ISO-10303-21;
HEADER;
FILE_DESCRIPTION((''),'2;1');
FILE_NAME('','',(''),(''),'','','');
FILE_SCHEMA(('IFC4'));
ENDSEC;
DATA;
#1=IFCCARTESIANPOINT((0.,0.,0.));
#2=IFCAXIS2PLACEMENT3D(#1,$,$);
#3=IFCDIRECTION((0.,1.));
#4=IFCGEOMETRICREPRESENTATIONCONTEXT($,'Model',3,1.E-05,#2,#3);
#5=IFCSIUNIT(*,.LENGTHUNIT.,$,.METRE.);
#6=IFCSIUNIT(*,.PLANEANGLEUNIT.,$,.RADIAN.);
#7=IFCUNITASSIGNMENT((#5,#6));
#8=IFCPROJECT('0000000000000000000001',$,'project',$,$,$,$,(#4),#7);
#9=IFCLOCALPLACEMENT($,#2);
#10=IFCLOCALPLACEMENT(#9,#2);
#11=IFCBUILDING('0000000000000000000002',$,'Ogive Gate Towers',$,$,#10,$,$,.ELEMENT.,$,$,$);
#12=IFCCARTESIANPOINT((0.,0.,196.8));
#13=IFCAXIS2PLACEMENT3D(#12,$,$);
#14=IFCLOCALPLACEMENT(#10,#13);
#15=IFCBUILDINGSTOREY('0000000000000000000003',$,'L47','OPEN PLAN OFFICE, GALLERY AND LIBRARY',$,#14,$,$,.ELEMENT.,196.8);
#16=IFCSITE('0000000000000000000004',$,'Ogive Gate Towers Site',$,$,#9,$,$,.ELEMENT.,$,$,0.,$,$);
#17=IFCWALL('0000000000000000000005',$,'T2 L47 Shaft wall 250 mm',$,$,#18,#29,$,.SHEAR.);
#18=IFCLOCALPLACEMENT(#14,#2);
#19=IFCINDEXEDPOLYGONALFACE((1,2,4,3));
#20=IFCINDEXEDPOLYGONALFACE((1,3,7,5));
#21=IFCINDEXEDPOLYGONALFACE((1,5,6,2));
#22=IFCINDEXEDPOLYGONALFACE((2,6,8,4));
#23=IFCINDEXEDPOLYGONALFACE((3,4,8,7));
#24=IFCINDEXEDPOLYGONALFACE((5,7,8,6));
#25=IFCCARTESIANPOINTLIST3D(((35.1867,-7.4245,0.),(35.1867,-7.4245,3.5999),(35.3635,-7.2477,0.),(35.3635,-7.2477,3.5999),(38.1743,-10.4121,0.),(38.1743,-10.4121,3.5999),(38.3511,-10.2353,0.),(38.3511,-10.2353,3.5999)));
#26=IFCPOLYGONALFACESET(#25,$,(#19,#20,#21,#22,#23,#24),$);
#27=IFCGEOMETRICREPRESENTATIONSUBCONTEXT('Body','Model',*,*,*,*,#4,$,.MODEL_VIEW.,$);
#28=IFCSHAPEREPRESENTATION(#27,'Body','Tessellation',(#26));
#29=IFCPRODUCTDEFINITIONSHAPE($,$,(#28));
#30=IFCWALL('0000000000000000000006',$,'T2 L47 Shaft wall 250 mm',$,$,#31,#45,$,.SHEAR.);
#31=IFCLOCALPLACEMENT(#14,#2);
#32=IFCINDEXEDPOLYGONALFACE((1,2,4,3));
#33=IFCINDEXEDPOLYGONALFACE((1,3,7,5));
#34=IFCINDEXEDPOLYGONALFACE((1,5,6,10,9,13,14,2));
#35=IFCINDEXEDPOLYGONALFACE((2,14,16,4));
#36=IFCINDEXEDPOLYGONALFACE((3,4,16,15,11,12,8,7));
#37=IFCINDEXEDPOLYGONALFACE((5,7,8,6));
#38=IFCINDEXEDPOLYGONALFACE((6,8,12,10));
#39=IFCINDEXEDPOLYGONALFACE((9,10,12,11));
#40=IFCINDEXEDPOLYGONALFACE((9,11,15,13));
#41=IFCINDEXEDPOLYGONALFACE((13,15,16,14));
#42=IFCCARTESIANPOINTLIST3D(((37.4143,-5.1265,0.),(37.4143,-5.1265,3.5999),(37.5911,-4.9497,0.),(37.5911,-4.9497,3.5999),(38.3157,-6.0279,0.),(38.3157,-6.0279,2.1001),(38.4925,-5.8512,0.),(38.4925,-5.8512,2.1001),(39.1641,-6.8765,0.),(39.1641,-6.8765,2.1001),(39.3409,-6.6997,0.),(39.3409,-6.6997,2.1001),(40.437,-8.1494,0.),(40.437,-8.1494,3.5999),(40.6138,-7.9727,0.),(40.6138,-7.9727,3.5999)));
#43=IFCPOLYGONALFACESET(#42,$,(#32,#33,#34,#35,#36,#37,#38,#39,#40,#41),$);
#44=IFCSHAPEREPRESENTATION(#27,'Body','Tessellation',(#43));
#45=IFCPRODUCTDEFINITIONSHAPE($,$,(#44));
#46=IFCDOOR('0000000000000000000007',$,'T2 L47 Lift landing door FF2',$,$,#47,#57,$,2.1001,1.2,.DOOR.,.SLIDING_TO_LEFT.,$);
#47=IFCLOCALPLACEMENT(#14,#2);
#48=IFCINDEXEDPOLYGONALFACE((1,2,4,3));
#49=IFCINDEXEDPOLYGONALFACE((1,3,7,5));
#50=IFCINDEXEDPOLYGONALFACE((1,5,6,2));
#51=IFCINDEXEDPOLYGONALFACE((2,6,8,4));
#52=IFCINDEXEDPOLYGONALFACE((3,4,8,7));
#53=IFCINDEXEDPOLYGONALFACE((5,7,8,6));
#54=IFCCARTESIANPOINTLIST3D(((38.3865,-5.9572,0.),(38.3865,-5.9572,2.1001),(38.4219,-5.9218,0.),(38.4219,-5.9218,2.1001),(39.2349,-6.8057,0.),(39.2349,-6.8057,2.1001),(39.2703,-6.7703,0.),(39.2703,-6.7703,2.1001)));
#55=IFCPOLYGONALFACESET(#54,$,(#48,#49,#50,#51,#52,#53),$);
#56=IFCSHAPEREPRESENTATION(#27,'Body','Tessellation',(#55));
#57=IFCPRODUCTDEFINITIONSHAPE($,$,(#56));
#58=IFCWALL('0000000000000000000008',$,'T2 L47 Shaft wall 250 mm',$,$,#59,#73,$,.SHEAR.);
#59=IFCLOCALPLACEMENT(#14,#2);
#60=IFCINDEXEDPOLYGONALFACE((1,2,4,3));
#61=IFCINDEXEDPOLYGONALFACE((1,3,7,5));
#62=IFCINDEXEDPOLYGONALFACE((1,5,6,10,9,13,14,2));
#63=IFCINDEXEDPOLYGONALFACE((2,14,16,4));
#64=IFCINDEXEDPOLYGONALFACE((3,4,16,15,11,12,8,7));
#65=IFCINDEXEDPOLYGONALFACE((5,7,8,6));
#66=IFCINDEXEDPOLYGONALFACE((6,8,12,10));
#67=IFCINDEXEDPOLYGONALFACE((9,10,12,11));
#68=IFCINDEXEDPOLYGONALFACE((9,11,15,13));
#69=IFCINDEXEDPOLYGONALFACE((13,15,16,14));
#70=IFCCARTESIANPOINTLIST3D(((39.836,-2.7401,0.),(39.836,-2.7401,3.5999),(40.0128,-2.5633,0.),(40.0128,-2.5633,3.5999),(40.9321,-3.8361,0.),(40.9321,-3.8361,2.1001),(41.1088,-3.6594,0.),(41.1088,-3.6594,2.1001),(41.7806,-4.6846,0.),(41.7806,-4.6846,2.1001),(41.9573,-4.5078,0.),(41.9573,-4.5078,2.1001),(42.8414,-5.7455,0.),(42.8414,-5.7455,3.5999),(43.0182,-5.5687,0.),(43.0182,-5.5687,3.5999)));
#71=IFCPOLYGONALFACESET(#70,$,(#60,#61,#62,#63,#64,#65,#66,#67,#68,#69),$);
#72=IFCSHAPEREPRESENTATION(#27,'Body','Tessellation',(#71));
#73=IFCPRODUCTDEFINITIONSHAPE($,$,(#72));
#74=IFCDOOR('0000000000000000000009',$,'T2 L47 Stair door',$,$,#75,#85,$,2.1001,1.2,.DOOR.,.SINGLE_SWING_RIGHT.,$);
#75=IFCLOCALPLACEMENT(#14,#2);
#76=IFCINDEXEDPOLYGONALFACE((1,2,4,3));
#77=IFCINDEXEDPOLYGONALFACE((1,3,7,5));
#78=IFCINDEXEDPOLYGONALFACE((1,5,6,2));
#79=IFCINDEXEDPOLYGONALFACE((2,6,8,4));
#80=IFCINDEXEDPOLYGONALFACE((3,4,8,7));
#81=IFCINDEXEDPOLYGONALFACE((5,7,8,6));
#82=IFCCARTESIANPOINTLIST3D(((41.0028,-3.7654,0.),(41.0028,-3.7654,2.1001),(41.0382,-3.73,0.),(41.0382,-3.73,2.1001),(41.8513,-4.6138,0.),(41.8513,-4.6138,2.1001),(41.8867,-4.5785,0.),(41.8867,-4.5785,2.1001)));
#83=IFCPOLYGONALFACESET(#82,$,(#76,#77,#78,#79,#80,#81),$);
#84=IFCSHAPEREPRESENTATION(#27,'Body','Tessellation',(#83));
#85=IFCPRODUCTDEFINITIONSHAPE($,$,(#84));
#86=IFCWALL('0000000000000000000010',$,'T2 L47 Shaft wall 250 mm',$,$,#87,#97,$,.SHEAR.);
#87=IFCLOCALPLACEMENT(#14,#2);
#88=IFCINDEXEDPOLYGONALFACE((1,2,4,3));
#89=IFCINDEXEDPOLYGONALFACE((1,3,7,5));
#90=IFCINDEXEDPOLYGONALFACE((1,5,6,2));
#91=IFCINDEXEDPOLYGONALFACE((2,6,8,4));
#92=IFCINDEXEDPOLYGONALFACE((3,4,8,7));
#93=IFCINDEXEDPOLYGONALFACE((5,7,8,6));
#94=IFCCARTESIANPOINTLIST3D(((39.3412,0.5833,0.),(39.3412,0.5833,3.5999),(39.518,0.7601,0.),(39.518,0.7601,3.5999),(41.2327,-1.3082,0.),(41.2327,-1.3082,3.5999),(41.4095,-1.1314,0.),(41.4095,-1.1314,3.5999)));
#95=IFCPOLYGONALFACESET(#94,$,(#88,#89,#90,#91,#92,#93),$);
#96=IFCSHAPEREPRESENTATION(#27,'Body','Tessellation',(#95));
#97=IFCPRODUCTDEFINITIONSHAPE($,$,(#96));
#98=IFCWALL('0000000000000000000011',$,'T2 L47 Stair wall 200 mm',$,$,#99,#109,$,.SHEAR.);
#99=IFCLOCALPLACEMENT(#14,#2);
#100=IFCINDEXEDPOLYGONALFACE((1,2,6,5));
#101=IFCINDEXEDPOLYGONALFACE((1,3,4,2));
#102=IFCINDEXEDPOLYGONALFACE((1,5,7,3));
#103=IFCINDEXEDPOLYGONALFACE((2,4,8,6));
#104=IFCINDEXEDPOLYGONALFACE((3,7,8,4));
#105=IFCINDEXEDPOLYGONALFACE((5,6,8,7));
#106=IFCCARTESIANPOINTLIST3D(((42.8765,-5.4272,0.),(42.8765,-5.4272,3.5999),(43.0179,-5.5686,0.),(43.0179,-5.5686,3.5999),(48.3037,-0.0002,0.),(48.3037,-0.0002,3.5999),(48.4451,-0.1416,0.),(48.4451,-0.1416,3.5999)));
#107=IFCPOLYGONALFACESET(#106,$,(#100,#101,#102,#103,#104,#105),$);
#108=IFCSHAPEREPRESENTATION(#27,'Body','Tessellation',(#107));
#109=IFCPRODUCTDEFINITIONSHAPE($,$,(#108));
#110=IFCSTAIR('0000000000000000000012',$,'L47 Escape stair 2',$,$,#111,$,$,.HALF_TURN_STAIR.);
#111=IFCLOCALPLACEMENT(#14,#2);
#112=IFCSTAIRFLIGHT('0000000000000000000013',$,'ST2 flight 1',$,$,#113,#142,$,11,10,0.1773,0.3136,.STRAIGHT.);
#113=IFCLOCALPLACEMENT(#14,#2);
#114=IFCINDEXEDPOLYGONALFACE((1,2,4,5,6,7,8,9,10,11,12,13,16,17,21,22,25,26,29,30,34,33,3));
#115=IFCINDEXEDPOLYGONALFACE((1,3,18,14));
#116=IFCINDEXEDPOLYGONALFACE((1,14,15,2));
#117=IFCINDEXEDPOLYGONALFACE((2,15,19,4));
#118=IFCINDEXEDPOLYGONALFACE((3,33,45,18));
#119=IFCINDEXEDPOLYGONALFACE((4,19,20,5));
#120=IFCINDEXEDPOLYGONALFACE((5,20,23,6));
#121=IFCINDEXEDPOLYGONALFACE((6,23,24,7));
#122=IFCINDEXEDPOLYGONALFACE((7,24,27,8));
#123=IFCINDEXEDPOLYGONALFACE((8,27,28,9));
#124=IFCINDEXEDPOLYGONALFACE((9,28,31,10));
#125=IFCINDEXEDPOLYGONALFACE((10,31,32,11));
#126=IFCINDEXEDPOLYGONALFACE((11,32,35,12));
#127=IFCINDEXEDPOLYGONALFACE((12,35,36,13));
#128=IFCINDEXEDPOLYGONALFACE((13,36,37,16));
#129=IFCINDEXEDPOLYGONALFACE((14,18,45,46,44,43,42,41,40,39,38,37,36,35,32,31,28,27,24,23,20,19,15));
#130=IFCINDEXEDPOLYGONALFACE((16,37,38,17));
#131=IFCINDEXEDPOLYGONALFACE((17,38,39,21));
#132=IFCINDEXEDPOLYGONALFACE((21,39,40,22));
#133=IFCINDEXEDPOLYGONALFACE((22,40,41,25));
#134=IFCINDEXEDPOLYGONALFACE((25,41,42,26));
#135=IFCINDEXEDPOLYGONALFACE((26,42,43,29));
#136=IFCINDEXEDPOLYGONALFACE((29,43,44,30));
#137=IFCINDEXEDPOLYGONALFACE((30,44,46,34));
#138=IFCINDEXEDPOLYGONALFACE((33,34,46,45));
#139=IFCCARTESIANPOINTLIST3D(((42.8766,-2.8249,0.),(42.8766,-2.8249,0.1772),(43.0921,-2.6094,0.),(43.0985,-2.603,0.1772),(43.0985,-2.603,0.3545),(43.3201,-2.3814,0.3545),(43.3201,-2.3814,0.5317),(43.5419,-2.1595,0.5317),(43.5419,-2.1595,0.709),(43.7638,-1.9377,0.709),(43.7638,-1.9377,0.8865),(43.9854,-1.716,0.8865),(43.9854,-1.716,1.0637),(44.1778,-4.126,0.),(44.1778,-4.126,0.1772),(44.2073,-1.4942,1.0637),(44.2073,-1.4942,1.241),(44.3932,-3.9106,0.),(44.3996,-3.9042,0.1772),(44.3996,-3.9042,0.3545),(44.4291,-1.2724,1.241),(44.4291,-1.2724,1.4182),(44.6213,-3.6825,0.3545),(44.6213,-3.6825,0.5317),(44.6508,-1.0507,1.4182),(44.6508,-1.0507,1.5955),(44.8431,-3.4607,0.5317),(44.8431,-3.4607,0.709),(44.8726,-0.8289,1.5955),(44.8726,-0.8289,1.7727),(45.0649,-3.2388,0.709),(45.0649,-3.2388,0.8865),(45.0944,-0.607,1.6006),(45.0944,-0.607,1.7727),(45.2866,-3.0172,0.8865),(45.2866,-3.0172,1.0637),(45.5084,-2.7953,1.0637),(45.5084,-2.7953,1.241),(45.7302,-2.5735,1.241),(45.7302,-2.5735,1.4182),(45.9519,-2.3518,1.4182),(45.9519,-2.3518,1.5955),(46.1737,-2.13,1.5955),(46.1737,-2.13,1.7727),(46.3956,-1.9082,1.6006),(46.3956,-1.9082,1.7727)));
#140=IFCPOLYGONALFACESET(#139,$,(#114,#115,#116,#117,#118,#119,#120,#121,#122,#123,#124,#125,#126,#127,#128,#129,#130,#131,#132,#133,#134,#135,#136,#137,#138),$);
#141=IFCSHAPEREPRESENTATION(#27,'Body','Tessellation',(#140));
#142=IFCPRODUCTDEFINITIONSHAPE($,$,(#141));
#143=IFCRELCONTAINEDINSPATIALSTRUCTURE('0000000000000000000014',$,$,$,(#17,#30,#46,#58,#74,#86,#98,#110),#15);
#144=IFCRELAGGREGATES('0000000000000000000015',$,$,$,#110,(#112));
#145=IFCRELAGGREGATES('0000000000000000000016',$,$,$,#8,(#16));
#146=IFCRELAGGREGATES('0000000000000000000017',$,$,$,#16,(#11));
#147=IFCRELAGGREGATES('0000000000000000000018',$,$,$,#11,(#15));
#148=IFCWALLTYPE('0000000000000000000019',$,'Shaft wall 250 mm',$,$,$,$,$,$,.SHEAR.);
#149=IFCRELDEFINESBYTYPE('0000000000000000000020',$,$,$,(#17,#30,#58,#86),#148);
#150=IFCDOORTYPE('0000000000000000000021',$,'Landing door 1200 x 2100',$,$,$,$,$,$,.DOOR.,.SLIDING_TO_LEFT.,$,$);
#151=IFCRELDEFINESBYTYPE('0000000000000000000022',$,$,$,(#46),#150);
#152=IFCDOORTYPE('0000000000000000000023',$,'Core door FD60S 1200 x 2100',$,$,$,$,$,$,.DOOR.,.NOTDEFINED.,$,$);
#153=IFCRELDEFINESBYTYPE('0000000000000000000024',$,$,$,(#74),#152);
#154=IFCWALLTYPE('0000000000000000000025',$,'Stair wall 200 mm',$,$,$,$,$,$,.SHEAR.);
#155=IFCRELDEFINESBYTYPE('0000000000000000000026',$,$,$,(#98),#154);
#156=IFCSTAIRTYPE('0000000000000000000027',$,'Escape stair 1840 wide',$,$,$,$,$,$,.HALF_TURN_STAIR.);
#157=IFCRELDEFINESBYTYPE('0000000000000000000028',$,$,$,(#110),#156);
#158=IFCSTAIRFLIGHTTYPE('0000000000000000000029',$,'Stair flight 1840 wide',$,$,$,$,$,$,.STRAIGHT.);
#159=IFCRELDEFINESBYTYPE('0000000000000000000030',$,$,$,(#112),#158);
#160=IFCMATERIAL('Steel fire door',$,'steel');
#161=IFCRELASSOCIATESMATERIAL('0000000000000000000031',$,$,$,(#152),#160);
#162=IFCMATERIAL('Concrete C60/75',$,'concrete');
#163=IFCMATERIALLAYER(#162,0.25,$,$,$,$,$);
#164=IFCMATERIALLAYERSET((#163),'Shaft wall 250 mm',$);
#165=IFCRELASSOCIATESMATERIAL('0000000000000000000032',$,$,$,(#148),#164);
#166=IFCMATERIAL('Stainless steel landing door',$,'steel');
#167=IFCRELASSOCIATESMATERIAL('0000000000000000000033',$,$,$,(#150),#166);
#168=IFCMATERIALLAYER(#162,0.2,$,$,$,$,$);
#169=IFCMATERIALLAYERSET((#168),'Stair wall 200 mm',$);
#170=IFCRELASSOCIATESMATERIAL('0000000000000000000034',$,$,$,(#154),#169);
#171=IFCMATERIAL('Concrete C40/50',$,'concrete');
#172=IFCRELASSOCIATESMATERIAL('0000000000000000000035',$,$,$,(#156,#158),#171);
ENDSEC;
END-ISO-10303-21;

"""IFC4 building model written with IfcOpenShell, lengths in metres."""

from ifc_helpers import new_model, si_unit, direction, frame, frame_2d, origin, place, context, subcontext, project, spatial, polyline, rectangle, outline, extrude, material, layer, layer_set, type_object, element, fill, aggregate, save


model = new_model("IFC4")

# Units and contexts
model_context = context("Model", 3, precision=1e-05, world=origin(), true_north=direction((0.0, 1.0)))
body_context = subcontext(model_context, "Body", "Model", "MODEL_VIEW")
ifc_project = project(units=[si_unit("LENGTHUNIT", "METRE"), si_unit("PLANEANGLEUNIT", "RADIAN")], contexts=[model_context])

# Site, building, storey
site_placement = place(None, origin())
site = spatial("IfcSite", under=ifc_project, at=site_placement, Name="Ogive Gate Towers Site", CompositionType="ELEMENT", RefElevation=0.0)
building_placement = place(site_placement, origin())
building = spatial("IfcBuilding", under=site, at=building_placement, Name="Ogive Gate Towers", CompositionType="ELEMENT")
storey_placement = place(building_placement, frame((0.0, 0.0, 196.8)))
storey = spatial("IfcBuildingStorey", under=building, at=storey_placement, Name="L47", Description="OPEN PLAN OFFICE, GALLERY AND LIBRARY", CompositionType="ELEMENT", Elevation=196.8)

# Shared definitions
ifc_material_1 = material(Name="Concrete C60/75", Category="concrete")
ifc_material_2 = material(Name="Steel fire door", Category="steel")
door_type_1 = type_object("IfcDoorType", Name="Core door FD60S 1200 x 2100", OperationType="NOTDEFINED", PredefinedType="DOOR", material=ifc_material_2)

# Wall
ifc_layer_1 = layer(ifc_material_1, 0.25)
ifc_layer_set_1 = layer_set([ifc_layer_1], Name="Shaft wall 250 mm")
wall_type_1 = type_object("IfcWallType", Name="Shaft wall 250 mm", PredefinedType="SHEAR", material=ifc_layer_set_1)
wall_1_placement = place(storey_placement, frame((38.2627, -10.3237, 0.0), z_axis=(0.0, 0.0, 1.0), x_axis=(-0.707107, 0.707107, 0.0)))
element("IfcWall", 1, at=wall_1_placement, inside=storey, type_object=wall_type_1, Name="T2 L47 Shaft wall 250 mm", PredefinedType="SHEAR", context=body_context, shape_type="SweptSolid", body=[
    extrude(rectangle(XDim=4.2251, YDim=0.25, at=frame_2d((2.1125, 0.0))), origin(), (0.0, 0.0, 1.0), 3.5999),
])

# Walls, openings, doors
wall_2_placement = place(storey_placement, frame((40.5254, -8.061, 0.0), z_axis=(0.0, 0.0, 1.0), x_axis=(-0.707078, 0.707135, 0.0)))
wall_2 = element("IfcWall", 2, at=wall_2_placement, inside=storey, type_object=wall_type_1, Name="T2 L47 Shaft wall 250 mm", PredefinedType="SHEAR", context=body_context, shape_type="SweptSolid", body=[
    extrude(rectangle(XDim=4.2749, YDim=0.25, at=frame_2d((2.1375, 0.0))), origin(), (0.0, 0.0, 1.0), 3.5999),
])
opening_1_placement = place(wall_2_placement, frame((1.8, 0.0, 0.0)))
opening_1 = element("IfcOpeningElement", 3, at=opening_1_placement, cuts=wall_2, PredefinedType="OPENING", context=body_context, shape_type="SweptSolid", body=[
    extrude(rectangle(XDim=1.2, YDim=2.1001, at=frame_2d((0.6001, 1.05))), frame((0.0, 0.135, 0.0), z_axis=(0.0, -1.0, 0.0), x_axis=(1.0, 0.0, 0.0)), (0.0, 0.0, 1.0), 0.27),
])
ifc_material_3 = material(Name="Stainless steel landing door", Category="steel")
door_type_2 = type_object("IfcDoorType", Name="Landing door 1200 x 2100", OperationType="SLIDING_TO_LEFT", PredefinedType="DOOR", material=ifc_material_3)
door_1_placement = place(opening_1_placement, origin())
door_1 = element("IfcDoor", 4, at=door_1_placement, inside=storey, type_object=door_type_2, Name="T2 L47 Lift landing door FF2", OperationType="SLIDING_TO_LEFT", OverallHeight=2.1001, OverallWidth=1.2, PredefinedType="DOOR", context=body_context, shape_type="SweptSolid", body=[
    extrude(rectangle(XDim=1.2, YDim=2.1001, at=frame_2d((0.6001, 1.05))), frame((0.0, 0.0249, 0.0), z_axis=(0.0, -1.0, 0.0), x_axis=(1.0, 0.0, 0.0)), (0.0, 0.0, 1.0), 0.05),
])
fill(opening_1, door_1)
wall_3_placement = place(storey_placement, frame((42.9297, -5.657, 0.0), z_axis=(0.0, 0.0, 1.0), x_axis=(-0.707107, 0.707107, 0.0)))
wall_3 = element("IfcWall", 5, at=wall_3_placement, inside=storey, type_object=wall_type_1, Name="T2 L47 Shaft wall 250 mm", PredefinedType="SHEAR", context=body_context, shape_type="SweptSolid", body=[
    extrude(rectangle(XDim=4.2502, YDim=0.25, at=frame_2d((2.125, 0.0))), origin(), (0.0, 0.0, 1.0), 3.5999),
])
opening_2_placement = place(wall_3_placement, frame((1.5, 0.0, 0.0)))
opening_2 = element("IfcOpeningElement", 6, at=opening_2_placement, cuts=wall_3, PredefinedType="OPENING", context=body_context, shape_type="SweptSolid", body=[
    extrude(rectangle(XDim=1.2, YDim=2.1001, at=frame_2d((0.6001, 1.05))), frame((0.0, 0.135, 0.0), z_axis=(0.0, -1.0, 0.0), x_axis=(1.0, 0.0, 0.0)), (0.0, 0.0, 1.0), 0.27),
])
door_2_placement = place(opening_2_placement, origin())
door_2 = element("IfcDoor", 7, at=door_2_placement, inside=storey, type_object=door_type_1, Name="T2 L47 Stair door", OperationType="SINGLE_SWING_RIGHT", OverallHeight=2.1001, OverallWidth=1.2, PredefinedType="DOOR", context=body_context, shape_type="SweptSolid", body=[
    extrude(rectangle(XDim=1.2, YDim=2.1001, at=frame_2d((0.6001, 1.05))), frame((0.0, 0.0249, 0.0), z_axis=(0.0, -1.0, 0.0), x_axis=(1.0, 0.0, 0.0)), (0.0, 0.0, 1.0), 0.05),
])
fill(opening_2, door_2)

# Walls
wall_4_placement = place(storey_placement, frame((41.321, -1.2197, 0.0), z_axis=(0.0, 0.0, 1.0), x_axis=(-0.707107, 0.707107, 0.0)))
element("IfcWall", 8, at=wall_4_placement, inside=storey, type_object=wall_type_1, Name="T2 L47 Shaft wall 250 mm", PredefinedType="SHEAR", context=body_context, shape_type="SweptSolid", body=[
    extrude(rectangle(XDim=2.675, YDim=0.25, at=frame_2d((1.3374, 0.0))), origin(), (0.0, 0.0, 1.0), 3.5999),
])
ifc_layer_2 = layer(ifc_material_1, 0.2)
ifc_layer_set_2 = layer_set([ifc_layer_2], Name="Stair wall 200 mm")
wall_type_2 = type_object("IfcWallType", Name="Stair wall 200 mm", PredefinedType="SHEAR", material=ifc_layer_set_2)
wall_5_placement = place(storey_placement, frame((42.9473, -5.4978, 0.0), z_axis=(0.0, 0.0, 1.0), x_axis=(0.707123, 0.707091, 0.0)))
element("IfcWall", 9, at=wall_5_placement, inside=storey, type_object=wall_type_2, Name="T2 L47 Stair wall 200 mm", PredefinedType="SHEAR", context=body_context, shape_type="SweptSolid", body=[
    extrude(rectangle(XDim=7.675, YDim=0.2, at=frame_2d((3.8374, 0.0))), origin(), (0.0, 0.0, 1.0), 3.5999),
])

# Stair, stair flight
ifc_material_4 = material(Name="Concrete C40/50", Category="concrete")
stair_type = type_object("IfcStairType", Name="Escape stair 1840 wide", PredefinedType="HALF_TURN_STAIR", material=ifc_material_4)
stair_placement = place(storey_placement, origin())
stair = element("IfcStair", 10, at=stair_placement, inside=storey, type_object=stair_type, Name="L47 Escape stair 2", PredefinedType="HALF_TURN_STAIR")
stair_flight_type = type_object("IfcStairFlightType", Name="Stair flight 1840 wide", PredefinedType="STRAIGHT", material=ifc_material_4)
stair_flight_placement = place(storey_placement, frame((43.5271, -3.4753, 0.0), z_axis=(0.0, 0.0, 1.0), x_axis=(0.707107, 0.707107, 0.0)))
stair_flight = element("IfcStairFlight", 11, at=stair_flight_placement, type_object=stair_flight_type, Name="ST2 flight 1", NumberOfRisers=11, NumberOfTreads=10, PredefinedType="STRAIGHT", RiserHeight=0.1773, TreadLength=0.3136, context=body_context, shape_type="SweptSolid", body=[
    extrude(outline(polyline([(0.0, 0.0), (0.0, 0.1772), (0.3137, 0.1772), (0.3137, 0.3545), (0.6272, 0.3545), (0.6272, 0.5317), (0.9409, 0.5317), (0.9409, 0.709), (1.2546, 0.709), (1.2546, 0.8865), (1.5681, 0.8865), (1.5681, 1.0637), (1.8818, 1.0637), (1.8818, 1.241), (2.1956, 1.241), (2.1956, 1.4182), (2.509, 1.4182), (2.509, 1.5955), (2.8228, 1.5955), (2.8228, 1.7727), (3.1365, 1.7727), (3.1365, 1.95), (3.1365, 1.6006), (0.3047, 0.0), (0.0, 0.0)])), frame((0.0, 0.9199, 0.0), z_axis=(0.0, -1.0, 0.0), x_axis=(1.0, 0.0, 0.0)), (0.0, 0.0, 1.0), 1.8401),
])
aggregate(stair, [stair_flight])

save(model, "model.ifc")
